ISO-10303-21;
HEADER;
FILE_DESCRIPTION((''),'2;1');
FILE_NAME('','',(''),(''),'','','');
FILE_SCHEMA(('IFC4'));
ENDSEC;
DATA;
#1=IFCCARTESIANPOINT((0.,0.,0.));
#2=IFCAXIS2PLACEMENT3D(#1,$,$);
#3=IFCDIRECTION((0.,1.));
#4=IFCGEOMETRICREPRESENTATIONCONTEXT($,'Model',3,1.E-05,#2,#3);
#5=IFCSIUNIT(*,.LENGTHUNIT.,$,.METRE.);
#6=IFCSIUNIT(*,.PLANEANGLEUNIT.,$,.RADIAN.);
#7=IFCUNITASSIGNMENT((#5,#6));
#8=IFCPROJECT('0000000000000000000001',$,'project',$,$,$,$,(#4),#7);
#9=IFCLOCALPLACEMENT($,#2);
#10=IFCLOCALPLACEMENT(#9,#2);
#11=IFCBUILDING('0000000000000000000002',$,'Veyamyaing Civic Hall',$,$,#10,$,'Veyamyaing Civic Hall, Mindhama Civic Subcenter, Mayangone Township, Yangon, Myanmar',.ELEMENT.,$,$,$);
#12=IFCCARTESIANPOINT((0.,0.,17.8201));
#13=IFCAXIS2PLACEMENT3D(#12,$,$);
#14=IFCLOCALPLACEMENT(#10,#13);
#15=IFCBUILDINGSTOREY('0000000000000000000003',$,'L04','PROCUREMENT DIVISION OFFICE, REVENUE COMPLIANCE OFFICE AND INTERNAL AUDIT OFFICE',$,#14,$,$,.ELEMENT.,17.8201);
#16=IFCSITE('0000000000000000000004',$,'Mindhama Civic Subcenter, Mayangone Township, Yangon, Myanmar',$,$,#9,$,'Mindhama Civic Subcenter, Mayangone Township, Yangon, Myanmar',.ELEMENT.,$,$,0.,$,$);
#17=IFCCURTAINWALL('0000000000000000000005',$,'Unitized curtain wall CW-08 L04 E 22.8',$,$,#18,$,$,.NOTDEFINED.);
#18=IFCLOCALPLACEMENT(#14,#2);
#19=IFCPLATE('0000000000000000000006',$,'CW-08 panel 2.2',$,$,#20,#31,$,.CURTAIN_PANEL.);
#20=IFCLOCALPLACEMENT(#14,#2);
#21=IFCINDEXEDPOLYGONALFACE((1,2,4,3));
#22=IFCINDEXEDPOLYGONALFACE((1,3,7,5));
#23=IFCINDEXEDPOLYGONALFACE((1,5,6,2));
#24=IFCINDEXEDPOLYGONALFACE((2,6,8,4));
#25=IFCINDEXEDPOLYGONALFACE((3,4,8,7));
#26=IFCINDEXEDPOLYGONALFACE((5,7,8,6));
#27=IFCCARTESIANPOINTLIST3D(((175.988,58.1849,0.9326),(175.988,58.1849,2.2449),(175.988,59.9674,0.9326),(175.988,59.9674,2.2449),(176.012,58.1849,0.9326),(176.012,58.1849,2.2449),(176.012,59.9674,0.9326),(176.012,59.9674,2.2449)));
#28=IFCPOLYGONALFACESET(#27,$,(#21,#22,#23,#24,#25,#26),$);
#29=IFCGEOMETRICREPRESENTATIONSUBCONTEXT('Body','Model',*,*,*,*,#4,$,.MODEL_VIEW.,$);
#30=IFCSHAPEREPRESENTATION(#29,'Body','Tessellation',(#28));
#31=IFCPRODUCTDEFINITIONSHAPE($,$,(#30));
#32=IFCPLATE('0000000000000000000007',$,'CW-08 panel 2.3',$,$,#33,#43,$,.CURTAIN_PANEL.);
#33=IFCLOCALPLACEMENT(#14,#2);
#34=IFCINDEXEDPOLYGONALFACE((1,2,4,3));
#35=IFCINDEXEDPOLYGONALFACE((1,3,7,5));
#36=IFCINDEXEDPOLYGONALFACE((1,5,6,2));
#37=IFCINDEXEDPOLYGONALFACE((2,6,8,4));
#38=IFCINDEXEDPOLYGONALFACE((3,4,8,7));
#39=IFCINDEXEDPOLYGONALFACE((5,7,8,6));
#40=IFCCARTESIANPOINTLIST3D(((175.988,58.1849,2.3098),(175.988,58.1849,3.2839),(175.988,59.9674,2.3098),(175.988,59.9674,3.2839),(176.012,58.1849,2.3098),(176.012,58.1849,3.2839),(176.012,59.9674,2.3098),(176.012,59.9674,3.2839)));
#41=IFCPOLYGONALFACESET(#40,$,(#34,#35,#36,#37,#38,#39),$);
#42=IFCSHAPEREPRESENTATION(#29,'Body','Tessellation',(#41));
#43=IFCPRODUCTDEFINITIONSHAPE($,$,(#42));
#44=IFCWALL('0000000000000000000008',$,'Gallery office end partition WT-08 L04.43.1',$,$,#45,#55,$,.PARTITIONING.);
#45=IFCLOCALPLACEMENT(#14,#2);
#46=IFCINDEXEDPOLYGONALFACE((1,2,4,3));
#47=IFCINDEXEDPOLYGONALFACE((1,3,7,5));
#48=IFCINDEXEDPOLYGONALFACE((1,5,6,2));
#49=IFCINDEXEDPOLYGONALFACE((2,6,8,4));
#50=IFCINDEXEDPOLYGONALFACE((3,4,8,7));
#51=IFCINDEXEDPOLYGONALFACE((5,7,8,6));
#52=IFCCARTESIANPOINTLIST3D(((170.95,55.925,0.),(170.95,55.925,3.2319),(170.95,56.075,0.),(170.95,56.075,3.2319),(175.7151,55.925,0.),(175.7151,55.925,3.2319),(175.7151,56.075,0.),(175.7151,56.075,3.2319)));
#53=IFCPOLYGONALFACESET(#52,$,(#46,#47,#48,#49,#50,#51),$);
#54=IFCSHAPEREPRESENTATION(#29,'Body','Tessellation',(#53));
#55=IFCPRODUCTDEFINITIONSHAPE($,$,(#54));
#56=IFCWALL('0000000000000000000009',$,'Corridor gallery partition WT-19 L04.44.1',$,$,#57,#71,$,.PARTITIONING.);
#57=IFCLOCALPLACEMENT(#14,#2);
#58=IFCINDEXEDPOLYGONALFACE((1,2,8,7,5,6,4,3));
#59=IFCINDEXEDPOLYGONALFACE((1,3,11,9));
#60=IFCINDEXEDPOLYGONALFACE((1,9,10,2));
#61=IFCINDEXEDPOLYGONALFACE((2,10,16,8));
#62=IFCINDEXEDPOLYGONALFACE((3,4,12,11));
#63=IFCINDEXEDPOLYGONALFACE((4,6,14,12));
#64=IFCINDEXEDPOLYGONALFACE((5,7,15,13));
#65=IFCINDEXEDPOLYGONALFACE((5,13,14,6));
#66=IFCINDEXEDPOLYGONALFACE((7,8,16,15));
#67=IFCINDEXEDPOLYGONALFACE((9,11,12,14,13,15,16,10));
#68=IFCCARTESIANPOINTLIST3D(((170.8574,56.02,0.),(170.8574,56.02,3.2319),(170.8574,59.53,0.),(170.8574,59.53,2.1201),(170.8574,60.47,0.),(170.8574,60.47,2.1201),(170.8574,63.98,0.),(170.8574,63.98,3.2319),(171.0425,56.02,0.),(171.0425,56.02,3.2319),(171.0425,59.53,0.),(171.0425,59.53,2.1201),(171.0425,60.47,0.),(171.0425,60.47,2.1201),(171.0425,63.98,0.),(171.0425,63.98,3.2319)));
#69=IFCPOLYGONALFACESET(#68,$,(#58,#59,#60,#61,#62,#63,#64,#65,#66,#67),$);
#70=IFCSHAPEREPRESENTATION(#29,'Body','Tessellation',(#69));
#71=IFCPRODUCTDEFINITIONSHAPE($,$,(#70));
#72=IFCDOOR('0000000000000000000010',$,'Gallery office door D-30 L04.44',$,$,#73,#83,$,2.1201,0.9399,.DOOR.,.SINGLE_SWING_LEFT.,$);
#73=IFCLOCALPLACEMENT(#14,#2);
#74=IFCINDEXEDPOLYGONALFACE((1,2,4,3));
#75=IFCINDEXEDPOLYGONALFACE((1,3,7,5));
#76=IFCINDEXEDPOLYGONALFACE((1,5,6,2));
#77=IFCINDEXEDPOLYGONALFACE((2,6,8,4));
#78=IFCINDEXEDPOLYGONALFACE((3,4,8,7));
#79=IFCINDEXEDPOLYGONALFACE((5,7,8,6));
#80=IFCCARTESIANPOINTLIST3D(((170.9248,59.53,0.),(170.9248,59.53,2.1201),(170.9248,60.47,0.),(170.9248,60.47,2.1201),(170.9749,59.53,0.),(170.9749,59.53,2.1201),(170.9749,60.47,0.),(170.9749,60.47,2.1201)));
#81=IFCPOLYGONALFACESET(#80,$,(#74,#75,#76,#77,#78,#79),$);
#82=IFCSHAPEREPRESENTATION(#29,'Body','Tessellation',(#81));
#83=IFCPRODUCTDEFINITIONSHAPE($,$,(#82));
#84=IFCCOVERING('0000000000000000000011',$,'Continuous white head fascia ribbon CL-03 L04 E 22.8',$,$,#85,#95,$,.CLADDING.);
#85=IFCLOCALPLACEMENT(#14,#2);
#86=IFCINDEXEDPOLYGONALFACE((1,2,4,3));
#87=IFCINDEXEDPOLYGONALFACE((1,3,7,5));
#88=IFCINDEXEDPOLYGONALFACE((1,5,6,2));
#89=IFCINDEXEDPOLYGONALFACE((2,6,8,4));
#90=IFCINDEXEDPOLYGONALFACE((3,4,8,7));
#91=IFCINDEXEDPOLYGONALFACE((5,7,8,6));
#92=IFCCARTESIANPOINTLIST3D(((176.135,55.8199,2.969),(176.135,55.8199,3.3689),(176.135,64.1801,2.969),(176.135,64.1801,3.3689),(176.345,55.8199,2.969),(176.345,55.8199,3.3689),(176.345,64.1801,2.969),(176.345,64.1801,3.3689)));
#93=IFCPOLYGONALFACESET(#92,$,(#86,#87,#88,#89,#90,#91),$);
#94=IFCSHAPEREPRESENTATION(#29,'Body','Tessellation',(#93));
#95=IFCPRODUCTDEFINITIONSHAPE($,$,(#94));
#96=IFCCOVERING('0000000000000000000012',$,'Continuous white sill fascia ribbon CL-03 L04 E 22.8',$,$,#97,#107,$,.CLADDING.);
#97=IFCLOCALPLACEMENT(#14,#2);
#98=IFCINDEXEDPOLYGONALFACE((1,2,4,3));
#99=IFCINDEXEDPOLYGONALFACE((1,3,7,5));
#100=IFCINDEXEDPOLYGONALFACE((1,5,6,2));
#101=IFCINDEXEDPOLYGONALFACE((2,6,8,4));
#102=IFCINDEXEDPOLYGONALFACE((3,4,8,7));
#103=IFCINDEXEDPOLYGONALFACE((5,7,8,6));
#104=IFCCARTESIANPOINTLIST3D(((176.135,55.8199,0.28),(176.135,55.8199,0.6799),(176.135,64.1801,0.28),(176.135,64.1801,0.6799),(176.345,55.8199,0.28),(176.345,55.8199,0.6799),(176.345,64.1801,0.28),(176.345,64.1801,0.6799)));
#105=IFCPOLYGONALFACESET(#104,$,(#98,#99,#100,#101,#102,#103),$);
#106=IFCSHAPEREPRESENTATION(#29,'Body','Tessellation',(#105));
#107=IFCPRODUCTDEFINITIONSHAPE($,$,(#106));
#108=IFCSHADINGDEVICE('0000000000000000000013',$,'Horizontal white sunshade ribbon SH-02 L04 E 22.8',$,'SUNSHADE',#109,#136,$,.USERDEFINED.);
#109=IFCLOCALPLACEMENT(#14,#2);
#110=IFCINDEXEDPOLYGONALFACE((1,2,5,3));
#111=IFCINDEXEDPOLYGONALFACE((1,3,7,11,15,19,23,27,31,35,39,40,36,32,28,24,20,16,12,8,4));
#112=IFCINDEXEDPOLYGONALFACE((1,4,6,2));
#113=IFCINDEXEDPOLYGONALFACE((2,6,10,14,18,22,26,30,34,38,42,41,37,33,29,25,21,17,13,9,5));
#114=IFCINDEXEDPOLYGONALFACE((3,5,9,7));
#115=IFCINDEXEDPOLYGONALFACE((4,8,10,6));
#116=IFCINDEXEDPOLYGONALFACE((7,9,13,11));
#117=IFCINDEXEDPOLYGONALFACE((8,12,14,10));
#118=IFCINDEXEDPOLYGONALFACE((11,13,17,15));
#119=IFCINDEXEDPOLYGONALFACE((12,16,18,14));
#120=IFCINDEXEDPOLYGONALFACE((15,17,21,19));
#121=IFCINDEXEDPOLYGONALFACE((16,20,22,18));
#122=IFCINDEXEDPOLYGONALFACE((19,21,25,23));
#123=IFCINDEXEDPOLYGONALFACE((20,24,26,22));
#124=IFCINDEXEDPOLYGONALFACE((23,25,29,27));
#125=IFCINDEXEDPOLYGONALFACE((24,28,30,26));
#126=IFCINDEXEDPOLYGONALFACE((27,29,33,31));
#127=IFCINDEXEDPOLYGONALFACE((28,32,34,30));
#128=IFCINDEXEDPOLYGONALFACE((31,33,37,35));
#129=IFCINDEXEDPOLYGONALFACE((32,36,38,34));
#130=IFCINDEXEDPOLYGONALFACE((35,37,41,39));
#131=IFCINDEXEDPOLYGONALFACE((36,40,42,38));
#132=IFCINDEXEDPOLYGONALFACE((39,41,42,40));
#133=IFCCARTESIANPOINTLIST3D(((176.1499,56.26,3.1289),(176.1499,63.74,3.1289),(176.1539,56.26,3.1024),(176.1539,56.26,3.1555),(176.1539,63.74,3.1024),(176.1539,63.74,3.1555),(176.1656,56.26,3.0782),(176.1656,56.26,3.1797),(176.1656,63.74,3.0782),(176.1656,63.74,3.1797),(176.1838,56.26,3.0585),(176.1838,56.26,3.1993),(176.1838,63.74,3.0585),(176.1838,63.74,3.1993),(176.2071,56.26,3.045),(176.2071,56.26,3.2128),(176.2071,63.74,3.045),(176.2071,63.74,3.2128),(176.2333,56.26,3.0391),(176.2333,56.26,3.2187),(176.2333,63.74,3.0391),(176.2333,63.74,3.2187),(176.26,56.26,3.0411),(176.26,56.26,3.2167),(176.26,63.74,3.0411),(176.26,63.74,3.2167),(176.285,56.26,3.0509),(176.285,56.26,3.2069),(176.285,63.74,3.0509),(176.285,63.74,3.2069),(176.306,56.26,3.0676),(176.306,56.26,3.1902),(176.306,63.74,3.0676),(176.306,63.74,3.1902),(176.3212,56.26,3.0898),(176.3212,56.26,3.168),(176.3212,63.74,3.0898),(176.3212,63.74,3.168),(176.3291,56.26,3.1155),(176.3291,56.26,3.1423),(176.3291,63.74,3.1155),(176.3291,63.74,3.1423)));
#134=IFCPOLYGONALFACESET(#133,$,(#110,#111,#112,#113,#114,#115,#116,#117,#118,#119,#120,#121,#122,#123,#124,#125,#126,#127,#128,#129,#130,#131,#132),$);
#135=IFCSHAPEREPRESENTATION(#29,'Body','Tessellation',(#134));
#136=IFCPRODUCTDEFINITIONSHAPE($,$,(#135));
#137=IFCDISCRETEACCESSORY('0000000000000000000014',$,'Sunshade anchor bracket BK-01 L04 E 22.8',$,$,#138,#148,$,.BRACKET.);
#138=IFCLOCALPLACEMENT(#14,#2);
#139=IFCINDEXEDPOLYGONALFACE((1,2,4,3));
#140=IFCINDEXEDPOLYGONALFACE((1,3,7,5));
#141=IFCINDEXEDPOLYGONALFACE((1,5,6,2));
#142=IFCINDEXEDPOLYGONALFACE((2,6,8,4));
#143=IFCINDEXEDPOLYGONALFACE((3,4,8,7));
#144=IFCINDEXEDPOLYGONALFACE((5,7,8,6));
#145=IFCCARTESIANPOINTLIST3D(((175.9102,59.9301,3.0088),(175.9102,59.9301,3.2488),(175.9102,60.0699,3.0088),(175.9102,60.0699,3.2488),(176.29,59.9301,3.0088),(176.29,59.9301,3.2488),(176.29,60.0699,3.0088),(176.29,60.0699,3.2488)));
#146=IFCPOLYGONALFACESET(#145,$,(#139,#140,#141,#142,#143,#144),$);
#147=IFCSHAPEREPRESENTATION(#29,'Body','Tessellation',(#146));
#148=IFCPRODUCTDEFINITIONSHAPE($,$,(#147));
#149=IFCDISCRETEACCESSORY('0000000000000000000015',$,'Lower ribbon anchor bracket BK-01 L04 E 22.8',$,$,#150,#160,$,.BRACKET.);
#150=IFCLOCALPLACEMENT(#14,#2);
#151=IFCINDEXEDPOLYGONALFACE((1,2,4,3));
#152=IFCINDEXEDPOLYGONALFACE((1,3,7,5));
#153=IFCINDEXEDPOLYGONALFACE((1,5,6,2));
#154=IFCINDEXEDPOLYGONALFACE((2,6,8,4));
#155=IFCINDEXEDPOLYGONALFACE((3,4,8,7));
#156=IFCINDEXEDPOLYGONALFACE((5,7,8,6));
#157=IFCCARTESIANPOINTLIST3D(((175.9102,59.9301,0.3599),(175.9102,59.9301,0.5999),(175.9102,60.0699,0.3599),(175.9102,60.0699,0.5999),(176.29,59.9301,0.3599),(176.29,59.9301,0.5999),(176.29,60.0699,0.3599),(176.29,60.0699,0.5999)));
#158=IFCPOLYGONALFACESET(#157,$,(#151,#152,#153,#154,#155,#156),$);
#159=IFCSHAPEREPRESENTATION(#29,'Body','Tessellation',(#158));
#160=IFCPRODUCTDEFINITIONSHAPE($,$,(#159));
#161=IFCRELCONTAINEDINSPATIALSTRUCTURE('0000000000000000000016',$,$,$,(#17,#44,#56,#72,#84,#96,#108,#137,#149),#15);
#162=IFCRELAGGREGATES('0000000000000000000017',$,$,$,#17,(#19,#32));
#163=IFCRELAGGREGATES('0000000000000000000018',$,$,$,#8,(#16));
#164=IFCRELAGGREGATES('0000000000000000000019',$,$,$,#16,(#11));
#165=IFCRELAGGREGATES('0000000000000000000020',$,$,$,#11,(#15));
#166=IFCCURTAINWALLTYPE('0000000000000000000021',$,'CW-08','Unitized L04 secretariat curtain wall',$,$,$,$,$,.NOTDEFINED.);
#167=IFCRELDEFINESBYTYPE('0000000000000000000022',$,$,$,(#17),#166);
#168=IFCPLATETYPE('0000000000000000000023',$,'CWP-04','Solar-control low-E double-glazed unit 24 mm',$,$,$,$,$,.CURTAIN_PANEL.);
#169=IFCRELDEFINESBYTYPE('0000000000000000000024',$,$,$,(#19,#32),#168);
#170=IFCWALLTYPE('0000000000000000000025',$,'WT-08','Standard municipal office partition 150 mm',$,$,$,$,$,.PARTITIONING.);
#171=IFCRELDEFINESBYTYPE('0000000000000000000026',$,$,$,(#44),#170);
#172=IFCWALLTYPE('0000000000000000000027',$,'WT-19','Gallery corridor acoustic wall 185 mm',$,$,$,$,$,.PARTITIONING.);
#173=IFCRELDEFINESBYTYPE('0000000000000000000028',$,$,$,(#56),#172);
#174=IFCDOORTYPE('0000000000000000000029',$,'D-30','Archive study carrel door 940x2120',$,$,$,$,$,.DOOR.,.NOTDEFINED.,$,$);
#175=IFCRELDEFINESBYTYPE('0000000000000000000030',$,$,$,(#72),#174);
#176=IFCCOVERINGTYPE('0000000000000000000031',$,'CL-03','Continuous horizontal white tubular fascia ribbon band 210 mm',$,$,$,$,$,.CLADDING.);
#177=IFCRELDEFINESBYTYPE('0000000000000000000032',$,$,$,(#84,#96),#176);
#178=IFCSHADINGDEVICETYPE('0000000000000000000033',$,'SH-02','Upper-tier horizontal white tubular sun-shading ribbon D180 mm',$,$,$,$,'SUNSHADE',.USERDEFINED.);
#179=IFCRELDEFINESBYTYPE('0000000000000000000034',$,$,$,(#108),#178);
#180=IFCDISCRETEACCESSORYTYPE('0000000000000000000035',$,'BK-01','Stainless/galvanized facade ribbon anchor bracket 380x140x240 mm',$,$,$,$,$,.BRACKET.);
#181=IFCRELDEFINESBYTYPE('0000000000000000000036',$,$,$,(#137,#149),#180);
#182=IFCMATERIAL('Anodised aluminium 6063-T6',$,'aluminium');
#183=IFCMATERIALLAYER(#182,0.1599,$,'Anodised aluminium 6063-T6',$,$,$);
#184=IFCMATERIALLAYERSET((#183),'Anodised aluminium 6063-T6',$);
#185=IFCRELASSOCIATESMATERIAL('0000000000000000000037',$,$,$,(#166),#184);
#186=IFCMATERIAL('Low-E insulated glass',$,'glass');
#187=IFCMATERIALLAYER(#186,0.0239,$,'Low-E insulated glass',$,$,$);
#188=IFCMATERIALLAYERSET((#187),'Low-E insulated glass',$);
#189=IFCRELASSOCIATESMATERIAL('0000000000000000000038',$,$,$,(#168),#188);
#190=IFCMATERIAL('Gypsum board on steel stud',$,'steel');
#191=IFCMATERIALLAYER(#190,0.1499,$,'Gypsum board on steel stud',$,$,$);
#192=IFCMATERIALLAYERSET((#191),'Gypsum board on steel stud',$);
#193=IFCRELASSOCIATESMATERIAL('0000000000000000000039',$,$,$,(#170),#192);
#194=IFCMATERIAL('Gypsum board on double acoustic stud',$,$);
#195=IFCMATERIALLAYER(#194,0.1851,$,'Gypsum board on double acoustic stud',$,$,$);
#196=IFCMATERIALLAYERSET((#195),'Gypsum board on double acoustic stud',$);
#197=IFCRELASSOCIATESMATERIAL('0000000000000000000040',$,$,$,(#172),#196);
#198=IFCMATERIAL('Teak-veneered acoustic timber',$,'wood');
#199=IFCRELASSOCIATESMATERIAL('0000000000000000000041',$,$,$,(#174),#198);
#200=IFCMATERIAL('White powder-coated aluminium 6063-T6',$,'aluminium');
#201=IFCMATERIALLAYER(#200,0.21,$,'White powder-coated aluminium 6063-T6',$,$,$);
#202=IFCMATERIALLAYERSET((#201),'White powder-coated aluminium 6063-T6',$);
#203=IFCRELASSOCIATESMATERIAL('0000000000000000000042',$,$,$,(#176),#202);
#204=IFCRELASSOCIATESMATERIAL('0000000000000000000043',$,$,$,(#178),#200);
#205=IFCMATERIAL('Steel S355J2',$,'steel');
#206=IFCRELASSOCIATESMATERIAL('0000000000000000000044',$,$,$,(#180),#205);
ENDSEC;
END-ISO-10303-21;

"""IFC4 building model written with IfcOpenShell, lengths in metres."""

from ifc_helpers import new_model, si_unit, direction, frame, frame_2d, origin, origin_2d, place, context, subcontext, project, spatial, rectangle, circle, extrude, material, layer, layer_set, material_profile, profile_set, type_object, element, fill, aggregate, save


model = new_model("IFC4")

# Units and contexts
model_context = context("Model", 3, precision=1e-05, world=origin(), true_north=direction((0.0, 1.0)))
body_context = subcontext(model_context, "Body", "Model", "MODEL_VIEW")
ifc_project = project(units=[si_unit("LENGTHUNIT", "METRE"), si_unit("PLANEANGLEUNIT", "RADIAN")], contexts=[model_context])

# Site, building, storey
site_placement = place(None, origin())
site = spatial("IfcSite", under=ifc_project, at=site_placement, Name="Mindhama Civic Subcenter, Mayangone Township, Yangon, Myanmar", LongName="Mindhama Civic Subcenter, Mayangone Township, Yangon, Myanmar", CompositionType="ELEMENT", RefElevation=0.0)
building_placement = place(site_placement, origin())
building = spatial("IfcBuilding", under=site, at=building_placement, Name="Veyamyaing Civic Hall", LongName="Veyamyaing Civic Hall, Mindhama Civic Subcenter, Mayangone Township, Yangon, Myanmar", CompositionType="ELEMENT")
storey_placement = place(building_placement, frame((0.0, 0.0, 17.8201)))
storey = spatial("IfcBuildingStorey", under=building, at=storey_placement, Name="L04", Description="PROCUREMENT DIVISION OFFICE, REVENUE COMPLIANCE OFFICE AND INTERNAL AUDIT OFFICE", CompositionType="ELEMENT", Elevation=17.8201)

# Curtain wall
ifc_material_1 = material(Name="Anodised aluminium 6063-T6", Category="aluminium")
ifc_layer_1 = layer(ifc_material_1, 0.1599, Name="Anodised aluminium 6063-T6")
ifc_layer_set_1 = layer_set([ifc_layer_1], Name="Anodised aluminium 6063-T6")
curtain_wall_type = type_object("IfcCurtainWallType", Name="CW-08", Description="Unitized L04 secretariat curtain wall", PredefinedType="NOTDEFINED", material=ifc_layer_set_1)
curtain_wall_placement = place(storey_placement, origin())
curtain_wall = element("IfcCurtainWall", 1, at=curtain_wall_placement, inside=storey, type_object=curtain_wall_type, Name="Unitized curtain wall CW-08 L04 E 22.8", PredefinedType="NOTDEFINED")

# Plates
ifc_material_2 = material(Name="Low-E insulated glass", Category="glass")
ifc_layer_2 = layer(ifc_material_2, 0.0239, Name="Low-E insulated glass")
ifc_layer_set_2 = layer_set([ifc_layer_2], Name="Low-E insulated glass")
plate_type = type_object("IfcPlateType", Name="CWP-04", Description="Solar-control low-E double-glazed unit 24 mm", PredefinedType="CURTAIN_PANEL", material=ifc_layer_set_2)
plate_1_placement = place(storey_placement, frame((176.0, 59.0762, 0.9326), z_axis=(0.0, 0.0, 1.0), x_axis=(0.0, 1.0, 0.0)))
plate_1 = element("IfcPlate", 2, at=plate_1_placement, type_object=plate_type, Name="CW-08 panel 2.2", PredefinedType="CURTAIN_PANEL", context=body_context, shape_type="SweptSolid", body=[
    extrude(rectangle(XDim=1.7825, YDim=0.0239, at=origin_2d()), origin(), (0.0, 0.0, 1.0), 1.3123),
])
plate_2_placement = place(storey_placement, frame((176.0, 59.0762, 2.3098), z_axis=(0.0, 0.0, 1.0), x_axis=(0.0, 1.0, 0.0)))
plate_2 = element("IfcPlate", 3, at=plate_2_placement, type_object=plate_type, Name="CW-08 panel 2.3", PredefinedType="CURTAIN_PANEL", context=body_context, shape_type="SweptSolid", body=[
    extrude(rectangle(XDim=1.7825, YDim=0.0239, at=origin_2d()), origin(), (0.0, 0.0, 1.0), 0.9741),
])
aggregate(curtain_wall, [plate_1, plate_2])

# Wall
ifc_material_3 = material(Name="Gypsum board on steel stud", Category="steel")
ifc_layer_3 = layer(ifc_material_3, 0.1499, Name="Gypsum board on steel stud")
ifc_layer_set_3 = layer_set([ifc_layer_3], Name="Gypsum board on steel stud")
wall_type_1 = type_object("IfcWallType", Name="WT-08", Description="Standard municipal office partition 150 mm", PredefinedType="PARTITIONING", material=ifc_layer_set_3)
wall_1_placement = place(storey_placement, frame((170.95, 56.0, 0.0), z_axis=(0.0, 0.0, 1.0), x_axis=(1.0, 0.0, 0.0)))
element("IfcWall", 4, at=wall_1_placement, inside=storey, type_object=wall_type_1, Name="Gallery office end partition WT-08 L04.43.1", PredefinedType="PARTITIONING", context=body_context, shape_type="SweptSolid", body=[
    extrude(rectangle(XDim=4.7651, YDim=0.1499, at=frame_2d((2.3826, 0.0))), origin(), (0.0, 0.0, 1.0), 3.2319),
])

# Wall, opening, door
ifc_material_4 = material(Name="Gypsum board on double acoustic stud")
ifc_layer_4 = layer(ifc_material_4, 0.1851, Name="Gypsum board on double acoustic stud")
ifc_layer_set_4 = layer_set([ifc_layer_4], Name="Gypsum board on double acoustic stud")
wall_type_2 = type_object("IfcWallType", Name="WT-19", Description="Gallery corridor acoustic wall 185 mm", PredefinedType="PARTITIONING", material=ifc_layer_set_4)
wall_2_placement = place(storey_placement, frame((170.95, 56.02, 0.0), z_axis=(0.0, 0.0, 1.0), x_axis=(0.0, 1.0, 0.0)))
wall_2 = element("IfcWall", 5, at=wall_2_placement, inside=storey, type_object=wall_type_2, Name="Corridor gallery partition WT-19 L04.44.1", PredefinedType="PARTITIONING", context=body_context, shape_type="SweptSolid", body=[
    extrude(rectangle(XDim=7.96, YDim=0.1851, at=frame_2d((3.98, 0.0))), origin(), (0.0, 0.0, 1.0), 3.2319),
])
opening_placement = place(wall_2_placement, frame((3.51, 0.0, 0.0)))
opening = element("IfcOpeningElement", 6, at=opening_placement, cuts=wall_2, PredefinedType="OPENING", context=body_context, shape_type="SweptSolid", body=[
    extrude(rectangle(XDim=0.9399, YDim=2.1201, at=frame_2d((0.47, 1.0601))), frame((0.0, 0.1025, 0.0), z_axis=(0.0, -1.0, 0.0), x_axis=(1.0, 0.0, 0.0)), (0.0, 0.0, 1.0), 0.2051),
])
ifc_material_5 = material(Name="Teak-veneered acoustic timber", Category="wood")
door_type = type_object("IfcDoorType", Name="D-30", Description="Archive study carrel door 940x2120", OperationType="NOTDEFINED", PredefinedType="DOOR", material=ifc_material_5)
door_placement = place(opening_placement, frame((0.9399, 0.0, 0.0), z_axis=(0.0, 0.0, 1.0), x_axis=(-1.0, 0.0, 0.0)))
door = element("IfcDoor", 7, at=door_placement, inside=storey, type_object=door_type, Name="Gallery office door D-30 L04.44", OperationType="SINGLE_SWING_LEFT", OverallHeight=2.1201, OverallWidth=0.9399, PredefinedType="DOOR", context=body_context, shape_type="SweptSolid", body=[
    extrude(rectangle(XDim=0.9399, YDim=2.1201, at=frame_2d((0.47, 1.0601))), frame((0.0, 0.0249, 0.0), z_axis=(0.0, -1.0, 0.0), x_axis=(1.0, 0.0, 0.0)), (0.0, 0.0, 1.0), 0.05),
])
fill(opening, door)

# Coverings
ifc_material_6 = material(Name="White powder-coated aluminium 6063-T6", Category="aluminium")
ifc_layer_5 = layer(ifc_material_6, 0.21, Name="White powder-coated aluminium 6063-T6")
ifc_layer_set_5 = layer_set([ifc_layer_5], Name="White powder-coated aluminium 6063-T6")
covering_type = type_object("IfcCoveringType", Name="CL-03", Description="Continuous horizontal white tubular fascia ribbon band 210 mm", PredefinedType="CLADDING", material=ifc_layer_set_5)
for number, where, z_axis, x_axis, name in (
    (8, (176.24, 60.0, 2.969), (0.0, 0.0, 1.0), (0.0, 1.0, 0.0), "Continuous white head fascia ribbon CL-03 L04 E 22.8"),
    (9, (176.24, 60.0, 0.28), (0.0, 0.0, 1.0), (0.0, 1.0, 0.0), "Continuous white sill fascia ribbon CL-03 L04 E 22.8"),
):
    element("IfcCovering", number, at=place(storey_placement, frame(where, z_axis=z_axis, x_axis=x_axis)), inside=storey, type_object=covering_type, Name=name, PredefinedType="CLADDING", context=body_context, shape_type="SweptSolid", body=[
        extrude(rectangle(XDim=8.3601, YDim=0.21, at=origin_2d()), origin(), (0.0, 0.0, 1.0), 0.3999),
    ])

# Shading device
ifc_material_profile_1 = material_profile(ifc_material_6, circle(Radius=0.0901, at=origin_2d()), Name="SHADE-TUBE-180")
ifc_profile_set_1 = profile_set([ifc_material_profile_1], Name="White powder-coated aluminium 6063-T6")
shading_device_type = type_object("IfcShadingDeviceType", Name="SH-02", Description="Upper-tier horizontal white tubular sun-shading ribbon D180 mm", ElementType="SUNSHADE", PredefinedType="USERDEFINED", material=ifc_profile_set_1)
shading_device_placement = place(storey_placement, frame((176.24, 56.26, 3.1289), z_axis=(0.0, 1.0, 0.0), x_axis=(-1.0, 0.0, 0.0)))
element("IfcShadingDevice", 10, at=shading_device_placement, inside=storey, type_object=shading_device_type, Name="Horizontal white sunshade ribbon SH-02 L04 E 22.8", ObjectType="SUNSHADE", PredefinedType="USERDEFINED", context=body_context, shape_type="SweptSolid", body=[
    extrude(circle(Radius=0.0901, at=origin_2d()), origin(), (0.0, 0.0, 1.0), 7.48),
])

# Discrete accessories
ifc_material_7 = material(Name="Steel S355J2", Category="steel")
discrete_accessory_type = type_object("IfcDiscreteAccessoryType", Name="BK-01", Description="Stainless/galvanized facade ribbon anchor bracket 380x140x240 mm", PredefinedType="BRACKET", material=ifc_material_7)
for number, where, z_axis, x_axis, name in (
    (11, (176.1001, 60.0, 3.0088), (0.0, 0.0, 1.0), (1.0, 0.0, 0.0), "Sunshade anchor bracket BK-01 L04 E 22.8"),
    (12, (176.1001, 60.0, 0.3599), (0.0, 0.0, 1.0), (1.0, 0.0, 0.0), "Lower ribbon anchor bracket BK-01 L04 E 22.8"),
):
    element("IfcDiscreteAccessory", number, at=place(storey_placement, frame(where, z_axis=z_axis, x_axis=x_axis)), inside=storey, type_object=discrete_accessory_type, Name=name, PredefinedType="BRACKET", context=body_context, shape_type="SweptSolid", body=[
        extrude(rectangle(XDim=0.3799, YDim=0.1399, at=origin_2d()), origin(), (0.0, 0.0, 1.0), 0.24),
    ])

save(model, "model.ifc")
